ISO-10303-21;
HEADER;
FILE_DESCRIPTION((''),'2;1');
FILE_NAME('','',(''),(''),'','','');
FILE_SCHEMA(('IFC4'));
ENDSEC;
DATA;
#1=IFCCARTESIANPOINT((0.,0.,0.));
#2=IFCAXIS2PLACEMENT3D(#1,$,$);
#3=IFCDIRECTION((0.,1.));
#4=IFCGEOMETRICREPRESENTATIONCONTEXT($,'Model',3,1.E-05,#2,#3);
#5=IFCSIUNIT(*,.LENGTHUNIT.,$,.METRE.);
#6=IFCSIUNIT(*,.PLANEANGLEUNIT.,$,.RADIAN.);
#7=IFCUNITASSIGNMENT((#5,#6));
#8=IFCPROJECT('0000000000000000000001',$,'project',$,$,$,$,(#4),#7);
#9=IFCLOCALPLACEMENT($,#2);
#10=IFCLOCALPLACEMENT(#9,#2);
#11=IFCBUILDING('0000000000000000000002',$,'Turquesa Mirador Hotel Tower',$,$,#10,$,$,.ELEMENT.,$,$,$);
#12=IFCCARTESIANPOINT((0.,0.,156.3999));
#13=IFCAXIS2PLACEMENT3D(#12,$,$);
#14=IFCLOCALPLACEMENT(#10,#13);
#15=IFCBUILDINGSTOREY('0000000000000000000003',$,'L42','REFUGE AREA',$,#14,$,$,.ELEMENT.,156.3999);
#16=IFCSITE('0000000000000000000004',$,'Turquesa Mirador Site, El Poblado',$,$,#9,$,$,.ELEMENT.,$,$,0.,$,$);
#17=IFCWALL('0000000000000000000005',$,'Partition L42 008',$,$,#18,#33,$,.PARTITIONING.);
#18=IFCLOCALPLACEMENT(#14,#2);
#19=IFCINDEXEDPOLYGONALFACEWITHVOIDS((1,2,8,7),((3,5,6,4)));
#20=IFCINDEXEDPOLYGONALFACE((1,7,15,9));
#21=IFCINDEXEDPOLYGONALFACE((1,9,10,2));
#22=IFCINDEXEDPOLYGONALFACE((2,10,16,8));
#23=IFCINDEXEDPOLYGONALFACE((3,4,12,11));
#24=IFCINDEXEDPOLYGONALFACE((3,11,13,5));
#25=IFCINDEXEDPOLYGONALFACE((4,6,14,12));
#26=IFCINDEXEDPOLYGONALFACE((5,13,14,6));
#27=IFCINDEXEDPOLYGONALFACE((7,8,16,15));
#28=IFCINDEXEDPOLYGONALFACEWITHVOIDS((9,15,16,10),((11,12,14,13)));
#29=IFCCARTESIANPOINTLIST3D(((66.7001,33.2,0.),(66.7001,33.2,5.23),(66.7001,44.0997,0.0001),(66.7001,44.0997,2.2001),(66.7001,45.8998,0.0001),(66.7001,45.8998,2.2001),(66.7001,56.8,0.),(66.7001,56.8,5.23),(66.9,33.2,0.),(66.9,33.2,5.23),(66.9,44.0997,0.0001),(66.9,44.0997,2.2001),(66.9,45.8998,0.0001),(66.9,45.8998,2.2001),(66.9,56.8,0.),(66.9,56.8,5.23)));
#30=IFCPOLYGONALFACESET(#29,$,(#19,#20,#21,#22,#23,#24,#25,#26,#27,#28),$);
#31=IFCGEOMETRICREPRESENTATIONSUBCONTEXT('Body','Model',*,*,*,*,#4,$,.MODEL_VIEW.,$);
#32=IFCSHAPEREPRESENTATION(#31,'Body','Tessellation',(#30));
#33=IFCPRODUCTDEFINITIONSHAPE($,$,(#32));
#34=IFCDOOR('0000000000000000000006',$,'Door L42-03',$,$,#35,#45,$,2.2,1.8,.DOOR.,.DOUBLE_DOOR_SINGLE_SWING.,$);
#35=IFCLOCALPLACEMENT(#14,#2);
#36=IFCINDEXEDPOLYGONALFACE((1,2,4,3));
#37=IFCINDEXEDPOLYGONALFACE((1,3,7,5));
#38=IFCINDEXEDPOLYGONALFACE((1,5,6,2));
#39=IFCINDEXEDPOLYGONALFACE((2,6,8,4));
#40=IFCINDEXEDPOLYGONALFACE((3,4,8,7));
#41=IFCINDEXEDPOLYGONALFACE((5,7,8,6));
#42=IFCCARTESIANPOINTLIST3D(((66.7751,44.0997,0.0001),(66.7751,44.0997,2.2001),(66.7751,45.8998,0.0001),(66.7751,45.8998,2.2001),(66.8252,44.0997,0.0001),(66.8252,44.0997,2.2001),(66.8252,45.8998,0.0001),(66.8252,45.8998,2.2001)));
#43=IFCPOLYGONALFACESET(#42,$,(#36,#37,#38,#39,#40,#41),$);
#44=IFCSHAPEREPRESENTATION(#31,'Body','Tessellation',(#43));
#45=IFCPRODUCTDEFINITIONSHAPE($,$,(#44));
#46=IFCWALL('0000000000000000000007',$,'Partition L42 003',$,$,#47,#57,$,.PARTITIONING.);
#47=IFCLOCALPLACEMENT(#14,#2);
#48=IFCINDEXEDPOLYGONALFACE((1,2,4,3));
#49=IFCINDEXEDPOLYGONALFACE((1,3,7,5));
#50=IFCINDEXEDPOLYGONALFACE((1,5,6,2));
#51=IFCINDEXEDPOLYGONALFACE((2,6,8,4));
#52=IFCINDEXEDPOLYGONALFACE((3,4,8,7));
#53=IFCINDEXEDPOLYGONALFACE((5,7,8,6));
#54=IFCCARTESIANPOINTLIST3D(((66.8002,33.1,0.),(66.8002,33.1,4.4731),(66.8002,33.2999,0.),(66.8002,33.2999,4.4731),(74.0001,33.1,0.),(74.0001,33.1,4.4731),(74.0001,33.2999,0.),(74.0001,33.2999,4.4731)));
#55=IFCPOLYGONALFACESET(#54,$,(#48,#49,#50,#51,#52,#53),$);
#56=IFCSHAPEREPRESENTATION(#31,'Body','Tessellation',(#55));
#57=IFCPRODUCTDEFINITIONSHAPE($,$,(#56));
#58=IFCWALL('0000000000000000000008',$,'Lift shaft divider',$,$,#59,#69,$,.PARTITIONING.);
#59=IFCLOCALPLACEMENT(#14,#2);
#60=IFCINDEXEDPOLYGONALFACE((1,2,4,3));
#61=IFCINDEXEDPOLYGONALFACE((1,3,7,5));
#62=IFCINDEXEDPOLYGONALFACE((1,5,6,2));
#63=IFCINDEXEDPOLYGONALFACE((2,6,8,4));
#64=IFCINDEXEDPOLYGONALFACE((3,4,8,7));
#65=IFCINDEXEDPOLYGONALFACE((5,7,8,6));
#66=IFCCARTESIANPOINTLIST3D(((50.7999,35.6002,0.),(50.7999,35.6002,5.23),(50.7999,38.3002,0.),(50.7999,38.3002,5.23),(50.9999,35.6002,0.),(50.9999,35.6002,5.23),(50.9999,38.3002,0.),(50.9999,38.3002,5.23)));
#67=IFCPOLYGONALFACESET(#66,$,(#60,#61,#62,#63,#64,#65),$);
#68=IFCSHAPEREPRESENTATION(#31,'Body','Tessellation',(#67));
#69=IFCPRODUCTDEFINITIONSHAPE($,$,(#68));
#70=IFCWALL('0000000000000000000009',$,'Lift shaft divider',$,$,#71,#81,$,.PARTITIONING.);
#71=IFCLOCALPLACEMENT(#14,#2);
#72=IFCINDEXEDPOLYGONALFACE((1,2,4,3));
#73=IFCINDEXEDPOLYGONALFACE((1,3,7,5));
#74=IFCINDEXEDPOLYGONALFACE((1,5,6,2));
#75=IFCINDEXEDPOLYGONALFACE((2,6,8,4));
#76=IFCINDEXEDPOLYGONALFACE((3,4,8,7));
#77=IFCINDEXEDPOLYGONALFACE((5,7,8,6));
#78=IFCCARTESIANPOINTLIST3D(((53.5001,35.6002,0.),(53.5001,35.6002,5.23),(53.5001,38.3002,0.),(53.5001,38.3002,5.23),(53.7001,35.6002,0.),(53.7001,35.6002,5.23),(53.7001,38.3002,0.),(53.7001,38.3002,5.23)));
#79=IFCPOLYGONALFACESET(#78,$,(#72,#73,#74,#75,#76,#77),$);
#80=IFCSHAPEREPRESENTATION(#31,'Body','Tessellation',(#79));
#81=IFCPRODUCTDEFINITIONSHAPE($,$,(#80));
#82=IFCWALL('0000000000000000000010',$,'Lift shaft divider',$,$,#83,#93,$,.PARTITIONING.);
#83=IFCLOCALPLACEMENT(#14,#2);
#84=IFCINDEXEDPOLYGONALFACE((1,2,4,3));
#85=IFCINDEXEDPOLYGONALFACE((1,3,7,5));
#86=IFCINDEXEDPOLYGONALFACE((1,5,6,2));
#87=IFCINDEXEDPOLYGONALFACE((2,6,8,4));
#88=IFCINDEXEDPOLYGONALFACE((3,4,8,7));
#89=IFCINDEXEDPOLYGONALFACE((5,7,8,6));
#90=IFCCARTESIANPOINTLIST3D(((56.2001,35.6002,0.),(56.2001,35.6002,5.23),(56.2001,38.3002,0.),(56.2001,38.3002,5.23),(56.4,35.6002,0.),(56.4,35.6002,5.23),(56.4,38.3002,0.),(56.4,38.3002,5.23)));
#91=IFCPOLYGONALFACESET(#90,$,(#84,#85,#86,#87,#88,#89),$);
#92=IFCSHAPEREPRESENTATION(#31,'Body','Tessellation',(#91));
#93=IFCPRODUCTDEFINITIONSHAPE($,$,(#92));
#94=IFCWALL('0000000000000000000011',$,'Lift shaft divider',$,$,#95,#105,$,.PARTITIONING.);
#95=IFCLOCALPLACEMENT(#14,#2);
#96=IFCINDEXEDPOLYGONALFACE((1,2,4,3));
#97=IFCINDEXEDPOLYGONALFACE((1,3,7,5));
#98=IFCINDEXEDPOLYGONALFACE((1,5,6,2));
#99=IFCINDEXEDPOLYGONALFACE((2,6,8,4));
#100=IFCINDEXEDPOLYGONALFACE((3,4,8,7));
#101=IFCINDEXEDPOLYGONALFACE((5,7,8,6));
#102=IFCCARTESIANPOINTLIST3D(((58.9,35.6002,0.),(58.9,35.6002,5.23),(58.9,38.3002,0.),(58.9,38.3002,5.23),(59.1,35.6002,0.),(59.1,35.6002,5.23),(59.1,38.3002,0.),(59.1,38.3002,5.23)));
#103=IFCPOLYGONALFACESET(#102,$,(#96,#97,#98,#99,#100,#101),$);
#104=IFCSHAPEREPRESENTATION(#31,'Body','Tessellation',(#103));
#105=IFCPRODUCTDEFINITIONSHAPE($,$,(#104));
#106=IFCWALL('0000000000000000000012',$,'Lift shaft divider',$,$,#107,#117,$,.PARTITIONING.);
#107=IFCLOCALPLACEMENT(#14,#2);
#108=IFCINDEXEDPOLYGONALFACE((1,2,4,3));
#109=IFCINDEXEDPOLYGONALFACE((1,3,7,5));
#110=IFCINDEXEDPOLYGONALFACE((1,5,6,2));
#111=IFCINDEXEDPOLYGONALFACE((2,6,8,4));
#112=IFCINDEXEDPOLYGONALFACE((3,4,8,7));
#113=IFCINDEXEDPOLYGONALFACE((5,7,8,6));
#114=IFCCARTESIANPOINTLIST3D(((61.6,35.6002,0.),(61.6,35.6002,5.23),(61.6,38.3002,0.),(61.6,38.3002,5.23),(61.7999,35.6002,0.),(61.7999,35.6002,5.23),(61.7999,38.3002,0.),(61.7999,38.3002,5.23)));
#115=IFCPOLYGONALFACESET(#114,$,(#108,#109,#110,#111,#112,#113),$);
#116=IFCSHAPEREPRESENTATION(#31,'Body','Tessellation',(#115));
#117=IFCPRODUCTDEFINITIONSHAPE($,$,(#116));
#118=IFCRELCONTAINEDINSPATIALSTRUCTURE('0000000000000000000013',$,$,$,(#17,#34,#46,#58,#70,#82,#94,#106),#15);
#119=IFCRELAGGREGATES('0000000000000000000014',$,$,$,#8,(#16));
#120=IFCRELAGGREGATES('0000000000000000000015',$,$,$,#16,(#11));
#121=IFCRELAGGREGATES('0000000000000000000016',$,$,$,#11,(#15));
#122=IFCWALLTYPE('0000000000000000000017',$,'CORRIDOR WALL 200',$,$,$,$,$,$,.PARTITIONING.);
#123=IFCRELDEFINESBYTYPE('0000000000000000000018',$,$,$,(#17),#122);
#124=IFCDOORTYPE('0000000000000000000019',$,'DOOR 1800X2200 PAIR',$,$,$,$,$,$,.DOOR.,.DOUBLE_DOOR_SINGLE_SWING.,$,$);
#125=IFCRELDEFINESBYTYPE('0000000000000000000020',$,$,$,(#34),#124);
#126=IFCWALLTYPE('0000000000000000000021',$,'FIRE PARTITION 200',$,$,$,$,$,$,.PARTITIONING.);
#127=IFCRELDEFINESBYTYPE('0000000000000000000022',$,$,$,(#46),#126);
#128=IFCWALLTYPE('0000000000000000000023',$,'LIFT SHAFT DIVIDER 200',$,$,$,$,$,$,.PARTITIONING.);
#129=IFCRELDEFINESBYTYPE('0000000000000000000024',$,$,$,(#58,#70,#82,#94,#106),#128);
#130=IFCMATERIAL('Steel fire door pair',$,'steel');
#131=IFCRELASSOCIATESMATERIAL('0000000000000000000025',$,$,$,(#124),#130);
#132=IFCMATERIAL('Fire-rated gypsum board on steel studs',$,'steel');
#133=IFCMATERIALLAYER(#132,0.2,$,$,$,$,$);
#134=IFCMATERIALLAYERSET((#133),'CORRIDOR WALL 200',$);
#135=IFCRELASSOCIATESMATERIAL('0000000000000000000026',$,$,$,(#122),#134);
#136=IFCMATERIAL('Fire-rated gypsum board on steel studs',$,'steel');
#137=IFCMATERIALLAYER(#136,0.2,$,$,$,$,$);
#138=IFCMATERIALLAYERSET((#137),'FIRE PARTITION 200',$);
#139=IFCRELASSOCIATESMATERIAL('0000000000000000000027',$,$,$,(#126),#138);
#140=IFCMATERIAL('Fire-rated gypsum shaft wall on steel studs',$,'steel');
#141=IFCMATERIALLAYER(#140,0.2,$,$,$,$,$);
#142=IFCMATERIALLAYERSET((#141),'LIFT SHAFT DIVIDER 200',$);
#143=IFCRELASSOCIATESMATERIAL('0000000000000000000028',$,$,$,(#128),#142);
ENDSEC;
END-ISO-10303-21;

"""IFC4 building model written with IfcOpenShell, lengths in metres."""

from ifc_helpers import new_model, si_unit, direction, frame, frame_2d, origin, place, context, subcontext, project, spatial, rectangle, extrude, material, layer, layer_set, type_object, element, fill, save


model = new_model("IFC4")

# Units and contexts
model_context = context("Model", 3, precision=1e-05, world=origin(), true_north=direction((0.0, 1.0)))
body_context = subcontext(model_context, "Body", "Model", "MODEL_VIEW")
ifc_project = project(units=[si_unit("LENGTHUNIT", "METRE"), si_unit("PLANEANGLEUNIT", "RADIAN")], contexts=[model_context])

# Site, building, storey
site_placement = place(None, origin())
site = spatial("IfcSite", under=ifc_project, at=site_placement, Name="Turquesa Mirador Site, El Poblado", CompositionType="ELEMENT", RefElevation=0.0)
building_placement = place(site_placement, origin())
building = spatial("IfcBuilding", under=site, at=building_placement, Name="Turquesa Mirador Hotel Tower", CompositionType="ELEMENT")
storey_placement = place(building_placement, frame((0.0, 0.0, 156.3999)))
storey = spatial("IfcBuildingStorey", under=building, at=storey_placement, Name="L42", Description="REFUGE AREA", CompositionType="ELEMENT", Elevation=156.3999)

# Shared definitions
ifc_material_1 = material(Name="Steel fire door pair", Category="steel")
door_type_1 = type_object("IfcDoorType", Name="DOOR 1800X2200 PAIR", OperationType="DOUBLE_DOOR_SINGLE_SWING", PredefinedType="DOOR", material=ifc_material_1)

# Wall, opening, door
ifc_material_2 = material(Name="Fire-rated gypsum board on steel studs", Category="steel")
ifc_layer_1 = layer(ifc_material_2, 0.2)
ifc_layer_set_1 = layer_set([ifc_layer_1], Name="CORRIDOR WALL 200")
wall_type_1 = type_object("IfcWallType", Name="CORRIDOR WALL 200", PredefinedType="PARTITIONING", material=ifc_layer_set_1)
wall_1_placement = place(storey_placement, frame((66.8, 33.2, 0.0), z_axis=(0.0, 0.0, 1.0), x_axis=(0.0, 1.0, 0.0)))
wall_1 = element("IfcWall", 1, at=wall_1_placement, inside=storey, type_object=wall_type_1, Name="Partition L42 008", PredefinedType="PARTITIONING", context=body_context, shape_type="SweptSolid", body=[
    extrude(rectangle(XDim=23.6001, YDim=0.2, at=frame_2d((11.8, 0.0))), origin(), (0.0, 0.0, 1.0), 5.23),
])
opening_1_placement = place(wall_1_placement, frame((10.8999, 0.0, 0.0)))
opening_1 = element("IfcOpeningElement", 2, at=opening_1_placement, cuts=wall_1, PredefinedType="OPENING", context=body_context, shape_type="SweptSolid", body=[
    extrude(rectangle(XDim=1.8, YDim=2.2, at=frame_2d((0.8999, 1.1001))), frame((0.0, 0.1099, 0.0), z_axis=(0.0, -1.0, 0.0), x_axis=(1.0, 0.0, 0.0)), (0.0, 0.0, 1.0), 0.22),
])
door_1_placement = place(opening_1_placement, origin())
door_1 = element("IfcDoor", 3, at=door_1_placement, inside=storey, type_object=door_type_1, Name="Door L42-03", OperationType="DOUBLE_DOOR_SINGLE_SWING", OverallHeight=2.2, OverallWidth=1.8, PredefinedType="DOOR", context=body_context, shape_type="SweptSolid", body=[
    extrude(rectangle(XDim=1.8, YDim=2.2, at=frame_2d((0.8999, 1.1001))), frame((0.0, 0.0249, 0.0), z_axis=(0.0, -1.0, 0.0), x_axis=(1.0, 0.0, 0.0)), (0.0, 0.0, 1.0), 0.05),
])
fill(opening_1, door_1)

# Walls
ifc_material_3 = material(Name="Fire-rated gypsum board on steel studs", Category="steel")
ifc_layer_2 = layer(ifc_material_3, 0.2)
ifc_layer_set_2 = layer_set([ifc_layer_2], Name="FIRE PARTITION 200")
wall_type_2 = type_object("IfcWallType", Name="FIRE PARTITION 200", PredefinedType="PARTITIONING", material=ifc_layer_set_2)
wall_2_placement = place(storey_placement, frame((66.8, 33.2, 0.0), z_axis=(0.0, 0.0, 1.0), x_axis=(1.0, 0.0, 0.0)))
element("IfcWall", 4, at=wall_2_placement, inside=storey, type_object=wall_type_2, Name="Partition L42 003", PredefinedType="PARTITIONING", context=body_context, shape_type="SweptSolid", body=[
    extrude(rectangle(XDim=7.2, YDim=0.2, at=frame_2d((3.6001, 0.0))), origin(), (0.0, 0.0, 1.0), 4.4731),
])
ifc_material_4 = material(Name="Fire-rated gypsum shaft wall on steel studs", Category="steel")
ifc_layer_3 = layer(ifc_material_4, 0.2)
ifc_layer_set_3 = layer_set([ifc_layer_3], Name="LIFT SHAFT DIVIDER 200")
wall_type_3 = type_object("IfcWallType", Name="LIFT SHAFT DIVIDER 200", PredefinedType="PARTITIONING", material=ifc_layer_set_3)
for number, where, z_axis, x_axis, name in (
    (5, (50.8999, 35.6001, 0.0), (0.0, 0.0, 1.0), (0.0, 1.0, 0.0), "Lift shaft divider"),
    (6, (53.6001, 35.6001, 0.0), (0.0, 0.0, 1.0), (0.0, 1.0, 0.0), "Lift shaft divider"),
    (7, (56.3, 35.6001, 0.0), (0.0, 0.0, 1.0), (0.0, 1.0, 0.0), "Lift shaft divider"),
    (8, (59.0, 35.6001, 0.0), (0.0, 0.0, 1.0), (0.0, 1.0, 0.0), "Lift shaft divider"),
    (9, (61.7, 35.6001, 0.0), (0.0, 0.0, 1.0), (0.0, 1.0, 0.0), "Lift shaft divider"),
):
    element("IfcWall", number, at=place(storey_placement, frame(where, z_axis=z_axis, x_axis=x_axis)), inside=storey, type_object=wall_type_3, Name=name, PredefinedType="PARTITIONING", context=body_context, shape_type="SweptSolid", body=[
        extrude(rectangle(XDim=2.7, YDim=0.2, at=frame_2d((1.3501, 0.0))), origin(), (0.0, 0.0, 1.0), 5.23),
    ])

save(model, "model.ifc")
